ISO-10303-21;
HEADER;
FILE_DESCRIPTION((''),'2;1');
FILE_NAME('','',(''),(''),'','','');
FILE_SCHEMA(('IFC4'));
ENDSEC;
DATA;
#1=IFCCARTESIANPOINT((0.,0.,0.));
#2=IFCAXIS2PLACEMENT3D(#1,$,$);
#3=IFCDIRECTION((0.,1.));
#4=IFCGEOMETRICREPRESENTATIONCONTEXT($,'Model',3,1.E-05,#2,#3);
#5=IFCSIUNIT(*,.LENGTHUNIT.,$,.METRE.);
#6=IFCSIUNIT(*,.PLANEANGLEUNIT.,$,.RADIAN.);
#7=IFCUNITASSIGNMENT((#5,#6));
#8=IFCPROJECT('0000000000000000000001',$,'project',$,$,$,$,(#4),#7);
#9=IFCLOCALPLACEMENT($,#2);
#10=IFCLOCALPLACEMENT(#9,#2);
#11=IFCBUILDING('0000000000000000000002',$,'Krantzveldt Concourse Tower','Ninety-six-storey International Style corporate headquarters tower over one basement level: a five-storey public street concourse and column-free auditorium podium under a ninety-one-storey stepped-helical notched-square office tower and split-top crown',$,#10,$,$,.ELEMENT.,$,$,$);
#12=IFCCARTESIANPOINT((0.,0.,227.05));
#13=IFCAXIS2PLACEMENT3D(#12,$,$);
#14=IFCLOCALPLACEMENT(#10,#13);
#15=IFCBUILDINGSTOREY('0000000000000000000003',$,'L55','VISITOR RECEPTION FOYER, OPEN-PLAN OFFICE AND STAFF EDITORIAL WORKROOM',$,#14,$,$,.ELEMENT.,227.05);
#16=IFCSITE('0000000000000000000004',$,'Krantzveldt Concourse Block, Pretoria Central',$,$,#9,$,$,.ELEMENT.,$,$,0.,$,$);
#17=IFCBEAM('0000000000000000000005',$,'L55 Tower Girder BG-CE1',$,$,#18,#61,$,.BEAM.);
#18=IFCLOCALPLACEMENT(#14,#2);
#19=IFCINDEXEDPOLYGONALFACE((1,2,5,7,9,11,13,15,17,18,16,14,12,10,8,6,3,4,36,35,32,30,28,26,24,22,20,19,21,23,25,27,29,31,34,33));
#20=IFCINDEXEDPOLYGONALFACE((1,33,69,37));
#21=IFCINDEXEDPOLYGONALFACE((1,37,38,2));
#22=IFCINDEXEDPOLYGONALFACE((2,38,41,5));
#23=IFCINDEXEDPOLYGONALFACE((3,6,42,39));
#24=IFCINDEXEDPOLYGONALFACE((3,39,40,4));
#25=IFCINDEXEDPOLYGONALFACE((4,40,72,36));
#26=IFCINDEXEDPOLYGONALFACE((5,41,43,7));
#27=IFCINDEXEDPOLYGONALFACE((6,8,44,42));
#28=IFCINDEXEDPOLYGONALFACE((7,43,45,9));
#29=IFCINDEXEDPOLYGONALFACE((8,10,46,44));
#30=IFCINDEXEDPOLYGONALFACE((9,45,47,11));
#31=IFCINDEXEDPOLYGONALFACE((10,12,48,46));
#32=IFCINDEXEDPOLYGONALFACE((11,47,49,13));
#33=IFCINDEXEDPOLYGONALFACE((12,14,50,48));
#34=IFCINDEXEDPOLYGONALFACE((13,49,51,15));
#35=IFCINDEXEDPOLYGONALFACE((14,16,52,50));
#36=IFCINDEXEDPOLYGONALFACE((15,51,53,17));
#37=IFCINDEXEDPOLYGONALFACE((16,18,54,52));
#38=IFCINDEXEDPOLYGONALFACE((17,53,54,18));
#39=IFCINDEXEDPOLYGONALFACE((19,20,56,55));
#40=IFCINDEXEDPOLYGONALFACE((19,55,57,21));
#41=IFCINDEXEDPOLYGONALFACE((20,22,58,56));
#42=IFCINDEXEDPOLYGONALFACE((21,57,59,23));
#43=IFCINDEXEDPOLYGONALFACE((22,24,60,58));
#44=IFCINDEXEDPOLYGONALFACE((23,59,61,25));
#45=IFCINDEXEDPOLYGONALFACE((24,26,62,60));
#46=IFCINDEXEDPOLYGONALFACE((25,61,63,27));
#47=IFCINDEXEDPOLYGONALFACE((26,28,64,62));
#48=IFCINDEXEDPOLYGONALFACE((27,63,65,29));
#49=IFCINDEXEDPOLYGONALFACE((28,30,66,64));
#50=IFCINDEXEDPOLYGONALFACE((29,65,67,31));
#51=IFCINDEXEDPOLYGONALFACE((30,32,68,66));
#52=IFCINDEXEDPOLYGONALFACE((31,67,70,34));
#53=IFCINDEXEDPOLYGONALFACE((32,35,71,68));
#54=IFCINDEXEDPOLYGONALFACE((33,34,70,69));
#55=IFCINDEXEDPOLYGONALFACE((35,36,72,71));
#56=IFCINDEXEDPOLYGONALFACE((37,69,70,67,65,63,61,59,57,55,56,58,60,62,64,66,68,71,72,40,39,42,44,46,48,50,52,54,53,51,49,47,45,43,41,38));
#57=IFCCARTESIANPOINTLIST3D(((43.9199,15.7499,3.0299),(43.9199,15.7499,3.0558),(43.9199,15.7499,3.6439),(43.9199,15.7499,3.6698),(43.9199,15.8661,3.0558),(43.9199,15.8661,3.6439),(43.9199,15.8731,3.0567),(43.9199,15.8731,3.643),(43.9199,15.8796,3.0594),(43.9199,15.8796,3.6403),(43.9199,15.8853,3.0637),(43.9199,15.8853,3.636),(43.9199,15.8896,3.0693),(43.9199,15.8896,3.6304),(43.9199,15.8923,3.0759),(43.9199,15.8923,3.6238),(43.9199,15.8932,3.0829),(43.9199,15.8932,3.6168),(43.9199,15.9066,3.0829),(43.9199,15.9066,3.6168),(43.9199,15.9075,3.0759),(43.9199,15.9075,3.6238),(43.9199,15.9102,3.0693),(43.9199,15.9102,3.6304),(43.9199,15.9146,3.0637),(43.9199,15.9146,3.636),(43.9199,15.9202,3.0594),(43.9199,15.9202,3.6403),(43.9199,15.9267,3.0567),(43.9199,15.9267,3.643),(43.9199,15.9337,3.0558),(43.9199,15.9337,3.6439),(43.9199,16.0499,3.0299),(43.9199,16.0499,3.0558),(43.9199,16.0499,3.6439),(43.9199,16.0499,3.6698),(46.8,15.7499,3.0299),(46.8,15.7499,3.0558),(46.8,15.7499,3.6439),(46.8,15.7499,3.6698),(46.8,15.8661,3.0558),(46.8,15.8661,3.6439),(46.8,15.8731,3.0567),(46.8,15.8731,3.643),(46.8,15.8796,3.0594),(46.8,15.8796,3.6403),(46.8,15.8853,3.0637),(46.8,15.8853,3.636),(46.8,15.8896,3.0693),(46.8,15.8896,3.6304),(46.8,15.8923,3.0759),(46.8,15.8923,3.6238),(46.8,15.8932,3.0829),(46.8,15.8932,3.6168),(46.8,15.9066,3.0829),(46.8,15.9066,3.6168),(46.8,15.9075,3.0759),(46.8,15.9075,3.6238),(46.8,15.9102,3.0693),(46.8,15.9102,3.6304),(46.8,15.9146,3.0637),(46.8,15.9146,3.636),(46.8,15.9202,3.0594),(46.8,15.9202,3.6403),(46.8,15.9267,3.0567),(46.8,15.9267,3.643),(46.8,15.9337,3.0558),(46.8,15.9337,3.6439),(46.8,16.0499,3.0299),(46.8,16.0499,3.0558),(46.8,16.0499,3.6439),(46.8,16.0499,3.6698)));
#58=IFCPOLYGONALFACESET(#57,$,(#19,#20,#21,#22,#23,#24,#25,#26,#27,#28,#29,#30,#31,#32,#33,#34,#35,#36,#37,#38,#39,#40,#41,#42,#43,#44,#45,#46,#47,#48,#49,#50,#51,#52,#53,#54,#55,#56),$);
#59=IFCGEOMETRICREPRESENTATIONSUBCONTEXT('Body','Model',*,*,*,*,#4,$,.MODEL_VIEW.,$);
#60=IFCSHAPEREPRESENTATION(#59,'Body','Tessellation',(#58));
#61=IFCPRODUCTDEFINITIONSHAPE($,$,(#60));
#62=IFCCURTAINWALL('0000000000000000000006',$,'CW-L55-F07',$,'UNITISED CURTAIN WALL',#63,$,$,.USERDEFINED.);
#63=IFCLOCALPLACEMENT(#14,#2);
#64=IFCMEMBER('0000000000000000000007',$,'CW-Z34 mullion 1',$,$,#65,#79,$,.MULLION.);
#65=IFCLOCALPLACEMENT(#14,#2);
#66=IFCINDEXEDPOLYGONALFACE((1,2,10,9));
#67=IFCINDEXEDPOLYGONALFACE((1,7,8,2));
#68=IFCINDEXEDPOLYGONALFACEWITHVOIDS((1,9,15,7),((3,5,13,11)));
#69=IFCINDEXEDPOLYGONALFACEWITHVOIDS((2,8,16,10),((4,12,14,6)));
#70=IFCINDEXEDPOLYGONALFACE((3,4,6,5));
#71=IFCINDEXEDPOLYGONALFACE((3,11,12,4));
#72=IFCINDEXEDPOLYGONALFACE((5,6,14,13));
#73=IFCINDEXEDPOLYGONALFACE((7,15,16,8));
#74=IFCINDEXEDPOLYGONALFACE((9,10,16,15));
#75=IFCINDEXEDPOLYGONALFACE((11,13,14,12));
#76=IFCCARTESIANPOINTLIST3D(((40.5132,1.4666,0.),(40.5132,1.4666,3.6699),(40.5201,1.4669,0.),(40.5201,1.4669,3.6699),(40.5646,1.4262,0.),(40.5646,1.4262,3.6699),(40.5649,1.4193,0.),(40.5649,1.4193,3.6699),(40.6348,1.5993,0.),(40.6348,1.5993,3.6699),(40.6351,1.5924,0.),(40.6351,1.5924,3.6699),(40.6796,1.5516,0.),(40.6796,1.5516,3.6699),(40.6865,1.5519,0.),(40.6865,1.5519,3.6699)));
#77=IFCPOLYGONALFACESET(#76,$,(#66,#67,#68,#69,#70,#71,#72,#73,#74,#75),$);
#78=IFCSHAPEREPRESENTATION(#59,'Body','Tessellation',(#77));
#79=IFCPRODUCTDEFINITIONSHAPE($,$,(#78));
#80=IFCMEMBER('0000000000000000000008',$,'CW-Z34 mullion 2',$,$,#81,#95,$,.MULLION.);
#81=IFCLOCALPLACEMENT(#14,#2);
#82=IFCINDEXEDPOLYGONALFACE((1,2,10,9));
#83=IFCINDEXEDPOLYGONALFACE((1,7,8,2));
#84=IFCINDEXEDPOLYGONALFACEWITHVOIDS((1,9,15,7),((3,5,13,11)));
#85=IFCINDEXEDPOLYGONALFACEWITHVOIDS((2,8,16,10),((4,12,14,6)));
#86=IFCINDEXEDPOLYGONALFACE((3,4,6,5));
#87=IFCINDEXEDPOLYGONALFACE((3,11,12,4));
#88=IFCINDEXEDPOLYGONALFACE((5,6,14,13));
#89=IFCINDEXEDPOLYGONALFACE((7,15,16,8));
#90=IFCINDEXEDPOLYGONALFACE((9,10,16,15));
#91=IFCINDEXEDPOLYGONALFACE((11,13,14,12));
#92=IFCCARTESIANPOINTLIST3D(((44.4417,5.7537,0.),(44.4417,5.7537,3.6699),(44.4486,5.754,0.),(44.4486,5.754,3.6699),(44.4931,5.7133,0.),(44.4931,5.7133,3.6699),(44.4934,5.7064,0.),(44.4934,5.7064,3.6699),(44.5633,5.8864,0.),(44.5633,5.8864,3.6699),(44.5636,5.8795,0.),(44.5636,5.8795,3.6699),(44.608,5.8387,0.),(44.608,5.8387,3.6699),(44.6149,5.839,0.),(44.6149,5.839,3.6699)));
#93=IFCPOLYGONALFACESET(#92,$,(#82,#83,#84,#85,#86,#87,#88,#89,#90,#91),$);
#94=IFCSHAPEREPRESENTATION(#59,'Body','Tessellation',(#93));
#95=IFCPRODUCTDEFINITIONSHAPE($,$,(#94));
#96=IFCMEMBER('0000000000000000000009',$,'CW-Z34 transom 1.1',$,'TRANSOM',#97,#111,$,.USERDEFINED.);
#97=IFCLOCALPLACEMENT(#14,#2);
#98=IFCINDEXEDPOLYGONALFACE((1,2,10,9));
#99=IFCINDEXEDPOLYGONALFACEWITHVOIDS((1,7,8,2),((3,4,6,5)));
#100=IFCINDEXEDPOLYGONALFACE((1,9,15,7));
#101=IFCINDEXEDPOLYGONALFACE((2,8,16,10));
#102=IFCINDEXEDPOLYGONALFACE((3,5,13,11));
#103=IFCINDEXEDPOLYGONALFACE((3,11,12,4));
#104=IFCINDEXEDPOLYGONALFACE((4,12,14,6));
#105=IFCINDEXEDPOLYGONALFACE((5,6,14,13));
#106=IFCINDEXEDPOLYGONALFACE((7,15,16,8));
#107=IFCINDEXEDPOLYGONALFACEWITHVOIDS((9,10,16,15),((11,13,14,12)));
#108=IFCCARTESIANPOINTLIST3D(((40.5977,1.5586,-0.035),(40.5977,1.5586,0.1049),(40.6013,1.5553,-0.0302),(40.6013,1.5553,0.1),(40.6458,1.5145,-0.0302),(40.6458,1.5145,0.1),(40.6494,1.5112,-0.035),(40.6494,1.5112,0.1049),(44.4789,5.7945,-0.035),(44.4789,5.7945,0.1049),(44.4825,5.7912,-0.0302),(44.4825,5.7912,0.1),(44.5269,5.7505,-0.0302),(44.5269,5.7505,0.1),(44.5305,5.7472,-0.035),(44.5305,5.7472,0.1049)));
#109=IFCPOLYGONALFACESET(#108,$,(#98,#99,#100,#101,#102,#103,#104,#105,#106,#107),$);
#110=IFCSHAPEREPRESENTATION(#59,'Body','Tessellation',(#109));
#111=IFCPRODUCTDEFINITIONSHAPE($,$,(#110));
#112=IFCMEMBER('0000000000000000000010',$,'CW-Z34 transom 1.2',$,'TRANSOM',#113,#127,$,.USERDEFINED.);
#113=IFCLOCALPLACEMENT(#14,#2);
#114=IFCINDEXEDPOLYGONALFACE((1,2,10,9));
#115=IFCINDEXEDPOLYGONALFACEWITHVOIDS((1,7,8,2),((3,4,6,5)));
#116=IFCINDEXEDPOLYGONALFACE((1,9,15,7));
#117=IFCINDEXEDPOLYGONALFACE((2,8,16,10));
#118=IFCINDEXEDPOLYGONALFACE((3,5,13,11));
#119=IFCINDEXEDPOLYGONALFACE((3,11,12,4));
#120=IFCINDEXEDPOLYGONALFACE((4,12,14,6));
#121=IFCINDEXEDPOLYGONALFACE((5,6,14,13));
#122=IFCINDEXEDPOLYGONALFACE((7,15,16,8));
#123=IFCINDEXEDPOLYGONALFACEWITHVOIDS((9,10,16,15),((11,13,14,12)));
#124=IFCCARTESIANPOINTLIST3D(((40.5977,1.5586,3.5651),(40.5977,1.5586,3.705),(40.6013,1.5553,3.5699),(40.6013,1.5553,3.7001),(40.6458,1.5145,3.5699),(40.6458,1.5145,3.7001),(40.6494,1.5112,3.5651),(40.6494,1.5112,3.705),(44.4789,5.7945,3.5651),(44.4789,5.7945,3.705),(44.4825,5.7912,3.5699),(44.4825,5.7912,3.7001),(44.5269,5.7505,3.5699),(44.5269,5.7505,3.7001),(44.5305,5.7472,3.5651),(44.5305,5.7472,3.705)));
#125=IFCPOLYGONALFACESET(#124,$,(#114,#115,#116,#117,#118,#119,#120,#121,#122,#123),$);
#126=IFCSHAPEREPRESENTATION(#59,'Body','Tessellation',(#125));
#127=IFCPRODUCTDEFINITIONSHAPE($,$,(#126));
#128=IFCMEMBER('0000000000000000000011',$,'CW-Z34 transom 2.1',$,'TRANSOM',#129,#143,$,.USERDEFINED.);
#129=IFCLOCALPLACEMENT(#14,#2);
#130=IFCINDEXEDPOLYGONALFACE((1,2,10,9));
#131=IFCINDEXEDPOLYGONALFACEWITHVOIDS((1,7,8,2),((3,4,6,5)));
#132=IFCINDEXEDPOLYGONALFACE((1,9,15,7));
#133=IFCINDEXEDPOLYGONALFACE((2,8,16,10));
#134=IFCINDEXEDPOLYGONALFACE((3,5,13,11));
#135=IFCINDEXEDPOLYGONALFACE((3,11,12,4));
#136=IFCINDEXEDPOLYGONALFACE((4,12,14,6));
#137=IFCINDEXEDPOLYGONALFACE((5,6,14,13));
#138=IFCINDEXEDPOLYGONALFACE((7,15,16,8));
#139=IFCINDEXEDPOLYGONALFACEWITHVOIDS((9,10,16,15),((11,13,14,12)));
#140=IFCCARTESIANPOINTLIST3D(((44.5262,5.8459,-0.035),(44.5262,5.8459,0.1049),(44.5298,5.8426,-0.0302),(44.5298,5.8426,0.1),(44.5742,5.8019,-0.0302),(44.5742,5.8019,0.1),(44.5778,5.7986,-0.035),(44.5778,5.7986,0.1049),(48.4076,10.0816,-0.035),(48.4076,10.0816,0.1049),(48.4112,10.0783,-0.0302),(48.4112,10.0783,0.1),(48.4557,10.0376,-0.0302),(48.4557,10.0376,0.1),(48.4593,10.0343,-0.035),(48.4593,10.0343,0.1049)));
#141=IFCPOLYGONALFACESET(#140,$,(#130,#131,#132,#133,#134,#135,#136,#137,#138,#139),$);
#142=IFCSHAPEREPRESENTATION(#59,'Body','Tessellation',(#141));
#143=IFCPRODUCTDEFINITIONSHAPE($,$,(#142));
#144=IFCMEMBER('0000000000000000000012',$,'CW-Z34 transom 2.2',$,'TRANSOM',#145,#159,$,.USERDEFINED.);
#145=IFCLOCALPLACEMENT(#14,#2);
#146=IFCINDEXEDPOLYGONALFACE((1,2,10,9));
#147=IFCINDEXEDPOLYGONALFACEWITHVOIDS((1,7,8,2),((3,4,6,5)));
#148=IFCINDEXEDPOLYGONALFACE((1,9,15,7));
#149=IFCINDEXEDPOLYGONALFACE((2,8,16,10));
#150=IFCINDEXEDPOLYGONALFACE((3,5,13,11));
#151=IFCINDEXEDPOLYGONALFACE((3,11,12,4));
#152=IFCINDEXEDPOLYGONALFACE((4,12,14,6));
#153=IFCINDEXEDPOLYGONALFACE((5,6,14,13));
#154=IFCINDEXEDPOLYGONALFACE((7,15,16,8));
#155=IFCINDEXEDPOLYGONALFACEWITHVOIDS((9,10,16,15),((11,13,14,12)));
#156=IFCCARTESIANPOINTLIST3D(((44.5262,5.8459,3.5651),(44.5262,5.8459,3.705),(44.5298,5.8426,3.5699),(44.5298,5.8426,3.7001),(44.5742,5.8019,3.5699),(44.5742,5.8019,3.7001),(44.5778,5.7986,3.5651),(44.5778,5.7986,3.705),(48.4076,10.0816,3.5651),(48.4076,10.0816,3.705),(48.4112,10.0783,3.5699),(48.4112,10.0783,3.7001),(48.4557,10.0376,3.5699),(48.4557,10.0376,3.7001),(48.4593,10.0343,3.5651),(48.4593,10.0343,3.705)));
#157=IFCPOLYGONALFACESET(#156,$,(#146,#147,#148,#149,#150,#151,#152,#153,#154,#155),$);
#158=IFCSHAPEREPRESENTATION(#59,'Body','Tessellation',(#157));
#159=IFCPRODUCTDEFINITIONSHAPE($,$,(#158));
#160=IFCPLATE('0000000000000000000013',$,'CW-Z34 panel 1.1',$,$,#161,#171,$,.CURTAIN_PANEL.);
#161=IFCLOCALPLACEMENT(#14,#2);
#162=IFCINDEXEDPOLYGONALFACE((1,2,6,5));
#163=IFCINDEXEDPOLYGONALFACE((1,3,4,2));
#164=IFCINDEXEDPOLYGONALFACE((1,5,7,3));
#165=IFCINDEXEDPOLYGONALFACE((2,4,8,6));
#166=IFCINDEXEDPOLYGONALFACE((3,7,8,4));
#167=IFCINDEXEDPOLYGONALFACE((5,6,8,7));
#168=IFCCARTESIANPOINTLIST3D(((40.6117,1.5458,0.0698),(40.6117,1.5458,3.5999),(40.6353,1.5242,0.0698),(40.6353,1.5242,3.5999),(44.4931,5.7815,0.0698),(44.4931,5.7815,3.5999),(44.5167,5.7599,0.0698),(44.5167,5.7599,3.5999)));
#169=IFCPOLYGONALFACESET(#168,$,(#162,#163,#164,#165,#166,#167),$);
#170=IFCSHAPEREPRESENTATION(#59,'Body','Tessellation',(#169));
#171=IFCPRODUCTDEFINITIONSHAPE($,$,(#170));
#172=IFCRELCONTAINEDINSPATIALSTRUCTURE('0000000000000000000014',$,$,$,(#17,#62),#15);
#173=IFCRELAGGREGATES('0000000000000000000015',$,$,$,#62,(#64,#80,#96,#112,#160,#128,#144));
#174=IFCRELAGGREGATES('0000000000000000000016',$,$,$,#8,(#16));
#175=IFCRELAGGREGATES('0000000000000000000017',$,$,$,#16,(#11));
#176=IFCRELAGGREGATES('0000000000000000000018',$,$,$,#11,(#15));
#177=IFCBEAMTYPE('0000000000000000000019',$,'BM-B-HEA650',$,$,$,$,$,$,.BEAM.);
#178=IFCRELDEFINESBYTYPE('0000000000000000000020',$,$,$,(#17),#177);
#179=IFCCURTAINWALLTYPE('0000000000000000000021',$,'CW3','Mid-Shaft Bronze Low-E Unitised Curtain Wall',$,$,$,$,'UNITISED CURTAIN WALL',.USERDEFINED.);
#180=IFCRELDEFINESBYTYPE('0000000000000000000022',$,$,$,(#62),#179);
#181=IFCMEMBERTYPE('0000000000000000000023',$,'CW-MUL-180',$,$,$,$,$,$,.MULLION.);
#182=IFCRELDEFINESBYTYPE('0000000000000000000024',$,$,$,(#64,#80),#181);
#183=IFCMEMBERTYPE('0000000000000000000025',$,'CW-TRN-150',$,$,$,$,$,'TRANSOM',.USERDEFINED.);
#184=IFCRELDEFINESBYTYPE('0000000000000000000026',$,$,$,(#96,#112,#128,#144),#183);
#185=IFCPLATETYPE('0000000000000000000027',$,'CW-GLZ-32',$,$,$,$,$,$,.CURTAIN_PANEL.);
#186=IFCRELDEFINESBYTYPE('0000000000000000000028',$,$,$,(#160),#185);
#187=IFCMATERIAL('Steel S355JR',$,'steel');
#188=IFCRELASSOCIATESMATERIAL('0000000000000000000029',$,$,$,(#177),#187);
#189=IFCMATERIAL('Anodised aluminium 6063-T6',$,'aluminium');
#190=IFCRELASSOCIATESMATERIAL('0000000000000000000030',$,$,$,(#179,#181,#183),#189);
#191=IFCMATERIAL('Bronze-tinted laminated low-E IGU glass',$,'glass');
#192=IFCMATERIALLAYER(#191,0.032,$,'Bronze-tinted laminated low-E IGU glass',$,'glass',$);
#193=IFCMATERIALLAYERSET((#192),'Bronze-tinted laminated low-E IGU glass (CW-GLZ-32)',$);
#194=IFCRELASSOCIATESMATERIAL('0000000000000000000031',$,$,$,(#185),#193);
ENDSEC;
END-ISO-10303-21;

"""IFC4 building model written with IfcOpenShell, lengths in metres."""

from ifc_helpers import new_model, si_unit, direction, frame, origin, origin_2d, place, context, subcontext, project, spatial, rectangle, hollow_rectangle, i_section, extrude, source, transform, mapped, material, layer, layer_set, material_profile, profile_set, type_object, type_shapes, element, aggregate, save


model = new_model("IFC4")

# Units and contexts
model_context = context("Model", 3, precision=1e-05, world=origin(), true_north=direction((0.0, 1.0)))
body_context = subcontext(model_context, "Body", "Model", "MODEL_VIEW")
ifc_project = project(units=[si_unit("LENGTHUNIT", "METRE"), si_unit("PLANEANGLEUNIT", "RADIAN")], contexts=[model_context])

# Site, building, storey
site_placement = place(None, origin())
site = spatial("IfcSite", under=ifc_project, at=site_placement, Name="Krantzveldt Concourse Block, Pretoria Central", CompositionType="ELEMENT", RefElevation=0.0)
building_placement = place(site_placement, origin())
building = spatial("IfcBuilding", under=site, at=building_placement, Name="Krantzveldt Concourse Tower", Description="Ninety-six-storey International Style corporate headquarters tower over one basement level: a five-storey public street concourse and column-free auditorium podium under a ninety-one-storey stepped-helical notched-square office tower and split-top crown", CompositionType="ELEMENT")
storey_placement = place(building_placement, frame((0.0, 0.0, 227.05)))
storey = spatial("IfcBuildingStorey", under=building, at=storey_placement, Name="L55", Description="VISITOR RECEPTION FOYER, OPEN-PLAN OFFICE AND STAFF EDITORIAL WORKROOM", CompositionType="ELEMENT", Elevation=227.05)

# Beam
ifc_material_1 = material(Name="Steel S355JR", Category="steel")
ifc_material_profile_1 = material_profile(ifc_material_1, i_section(OverallWidth=0.3, OverallDepth=0.6399, WebThickness=0.0134, FlangeThickness=0.0259, FilletRadius=0.0271, at=origin_2d()), Name="Steel S355JR", Category="steel")
ifc_profile_set_1 = profile_set([ifc_material_profile_1], Name="Steel S355JR - HEA 650")
beam_type = type_object("IfcBeamType", Name="BM-B-HEA650", PredefinedType="BEAM", material=ifc_profile_set_1)
shared_shape_1 = source(origin(), body_context, "Body", "SweptSolid", [
    extrude(i_section(OverallWidth=0.3, OverallDepth=0.6399, WebThickness=0.0134, FlangeThickness=0.0259, FilletRadius=0.0271, at=origin_2d()), origin(), (0.0, 0.0, 1.0), 2.8801),
])
type_shapes(beam_type, [shared_shape_1])
beam_placement = place(storey_placement, frame((43.9199, 15.8999, 3.3499), z_axis=(1.0, 0.0, 0.0), x_axis=(0.0, 1.0, 0.0)))
element("IfcBeam", 1, at=beam_placement, inside=storey, type_object=beam_type, Name="L55 Tower Girder BG-CE1", PredefinedType="BEAM", context=body_context, shape_type="MappedRepresentation", body=[
    mapped(shared_shape_1, transform((0.0, 0.0, 0.0), x_axis=(1.0, 0.0, 0.0), y_axis=(0.0, 1.0, 0.0), z_axis=(0.0, 0.0, 1.0), scale=1.0)),
])

# Curtain wall, members, plate
ifc_material_2 = material(Name="Anodised aluminium 6063-T6", Category="aluminium")
curtain_wall_type = type_object("IfcCurtainWallType", Name="CW3", Description="Mid-Shaft Bronze Low-E Unitised Curtain Wall", ElementType="UNITISED CURTAIN WALL", PredefinedType="USERDEFINED", material=ifc_material_2)
curtain_wall_placement = place(storey_placement, origin())
curtain_wall = element("IfcCurtainWall", 2, at=curtain_wall_placement, inside=storey, type_object=curtain_wall_type, Name="CW-L55-F07", ObjectType="UNITISED CURTAIN WALL", PredefinedType="USERDEFINED")
ifc_material_profile_2 = material_profile(ifc_material_2, hollow_rectangle(XDim=0.0701, YDim=0.1799, WallThickness=0.0049, at=origin_2d()), Name="Anodised aluminium 6063-T6", Category="aluminium")
ifc_profile_set_2 = profile_set([ifc_material_profile_2], Name="Anodised aluminium 6063-T6 - ALU-MULL 180x70x5")
member_type_1 = type_object("IfcMemberType", Name="CW-MUL-180", PredefinedType="MULLION", material=ifc_profile_set_2)
shared_shape_2 = source(origin(), body_context, "Body", "SweptSolid", [
    extrude(hollow_rectangle(XDim=0.0701, YDim=0.1799, WallThickness=0.0049, at=origin_2d()), origin(), (0.0, 0.0, 1.0), 3.6699),
])
type_shapes(member_type_1, [shared_shape_2])
member_1_placement = place(storey_placement, frame((40.5999, 1.5093, 0.0), z_axis=(0.0, 0.0, 1.0), x_axis=(-0.737278, 0.67559, 0.0)))
member_1 = element("IfcMember", 3, at=member_1_placement, type_object=member_type_1, Name="CW-Z34 mullion 1", PredefinedType="MULLION", context=body_context, shape_type="MappedRepresentation", body=[
    mapped(shared_shape_2, transform((0.0, 0.0, 0.0), x_axis=(1.0, 0.0, 0.0), y_axis=(0.0, 1.0, 0.0), z_axis=(0.0, 0.0, 1.0), scale=1.0)),
])
member_2_placement = place(storey_placement, frame((44.5283, 5.7964, 0.0), z_axis=(0.0, 0.0, 1.0), x_axis=(-0.737278, 0.67559, 0.0)))
member_2 = element("IfcMember", 4, at=member_2_placement, type_object=member_type_1, Name="CW-Z34 mullion 2", PredefinedType="MULLION", context=body_context, shape_type="MappedRepresentation", body=[
    mapped(shared_shape_2, transform((0.0, 0.0, 0.0), x_axis=(1.0, 0.0, 0.0), y_axis=(0.0, 1.0, 0.0), z_axis=(0.0, 0.0, 1.0), scale=1.0)),
])
ifc_material_profile_3 = material_profile(ifc_material_2, hollow_rectangle(XDim=0.0701, YDim=0.1399, WallThickness=0.0049, at=origin_2d()), Name="Anodised aluminium 6063-T6", Category="aluminium")
ifc_profile_set_3 = profile_set([ifc_material_profile_3], Name="Anodised aluminium 6063-T6 - ALU-TRAN 140x70x5")
member_type_2 = type_object("IfcMemberType", Name="CW-TRN-150", ElementType="TRANSOM", PredefinedType="USERDEFINED", material=ifc_profile_set_3)
shared_shape_3 = source(origin(), body_context, "Body", "SweptSolid", [
    extrude(hollow_rectangle(XDim=0.0701, YDim=0.1399, WallThickness=0.0049, at=origin_2d()), origin(), (0.0, 0.0, 1.0), 5.7451),
])
type_shapes(member_type_2, [shared_shape_3])
member_3_placement = place(storey_placement, frame((40.6235, 1.5349, 0.0349), z_axis=(0.675559, 0.737306, 0.0), x_axis=(-0.737306, 0.675559, 0.0)))
member_3 = element("IfcMember", 5, at=member_3_placement, type_object=member_type_2, Name="CW-Z34 transom 1.1", ObjectType="TRANSOM", PredefinedType="USERDEFINED", context=body_context, shape_type="MappedRepresentation", body=[
    mapped(shared_shape_3, transform((0.0, 0.0, 0.0), x_axis=(1.0, 0.0, 0.0), y_axis=(0.0, 1.0, 0.0), z_axis=(0.0, 0.0, 1.0), scale=1.0)),
])
member_4_placement = place(storey_placement, frame((40.6235, 1.5349, 3.635), z_axis=(0.675559, 0.737306, 0.0), x_axis=(-0.737306, 0.675559, 0.0)))
member_4 = element("IfcMember", 6, at=member_4_placement, type_object=member_type_2, Name="CW-Z34 transom 1.2", ObjectType="TRANSOM", PredefinedType="USERDEFINED", context=body_context, shape_type="MappedRepresentation", body=[
    mapped(shared_shape_3, transform((0.0, 0.0, 0.0), x_axis=(1.0, 0.0, 0.0), y_axis=(0.0, 1.0, 0.0), z_axis=(0.0, 0.0, 1.0), scale=1.0)),
])
member_5_placement = place(storey_placement, frame((44.552, 5.8223, 0.0349), z_axis=(0.675603, 0.737265, 0.0), x_axis=(-0.737265, 0.675603, 0.0)))
member_5 = element("IfcMember", 7, at=member_5_placement, type_object=member_type_2, Name="CW-Z34 transom 2.1", ObjectType="TRANSOM", PredefinedType="USERDEFINED", context=body_context, shape_type="MappedRepresentation", body=[
    mapped(shared_shape_3, transform((0.0, 0.0, 0.0), x_axis=(1.0, 0.0, 0.0), y_axis=(0.0, 1.0, 0.0), z_axis=(0.0, 0.0, 1.0), scale=1.0)),
])
member_6_placement = place(storey_placement, frame((44.552, 5.8223, 3.635), z_axis=(0.675603, 0.737265, 0.0), x_axis=(-0.737265, 0.675603, 0.0)))
member_6 = element("IfcMember", 8, at=member_6_placement, type_object=member_type_2, Name="CW-Z34 transom 2.2", ObjectType="TRANSOM", PredefinedType="USERDEFINED", context=body_context, shape_type="MappedRepresentation", body=[
    mapped(shared_shape_3, transform((0.0, 0.0, 0.0), x_axis=(1.0, 0.0, 0.0), y_axis=(0.0, 1.0, 0.0), z_axis=(0.0, 0.0, 1.0), scale=1.0)),
])
ifc_material_3 = material(Name="Bronze-tinted laminated low-E IGU glass", Category="glass")
ifc_layer_1 = layer(ifc_material_3, 0.032, Name="Bronze-tinted laminated low-E IGU glass", Category="glass")
ifc_layer_set_1 = layer_set([ifc_layer_1], Name="Bronze-tinted laminated low-E IGU glass (CW-GLZ-32)")
plate_type = type_object("IfcPlateType", Name="CW-GLZ-32", PredefinedType="CURTAIN_PANEL", material=ifc_layer_set_1)
shared_shape_4 = source(origin(), body_context, "Body", "SweptSolid", [
    extrude(rectangle(XDim=5.7451, YDim=0.032, at=origin_2d()), origin(), (0.0, 0.0, 1.0), 3.53),
])
type_shapes(plate_type, [shared_shape_4])
plate_placement = place(storey_placement, frame((42.5642, 3.6528, 0.0698), z_axis=(0.0, 0.0, 1.0), x_axis=(0.67559, 0.737278, 0.0)))
plate = element("IfcPlate", 9, at=plate_placement, type_object=plate_type, Name="CW-Z34 panel 1.1", PredefinedType="CURTAIN_PANEL", context=body_context, shape_type="MappedRepresentation", body=[
    mapped(shared_shape_4, transform((0.0, 0.0, 0.0), x_axis=(1.0, 0.0, 0.0), y_axis=(0.0, 1.0, 0.0), z_axis=(0.0, 0.0, 1.0), scale=1.0)),
])
aggregate(curtain_wall, [member_1, member_2, member_3, member_4, plate, member_5, member_6])

save(model, "model.ifc")
